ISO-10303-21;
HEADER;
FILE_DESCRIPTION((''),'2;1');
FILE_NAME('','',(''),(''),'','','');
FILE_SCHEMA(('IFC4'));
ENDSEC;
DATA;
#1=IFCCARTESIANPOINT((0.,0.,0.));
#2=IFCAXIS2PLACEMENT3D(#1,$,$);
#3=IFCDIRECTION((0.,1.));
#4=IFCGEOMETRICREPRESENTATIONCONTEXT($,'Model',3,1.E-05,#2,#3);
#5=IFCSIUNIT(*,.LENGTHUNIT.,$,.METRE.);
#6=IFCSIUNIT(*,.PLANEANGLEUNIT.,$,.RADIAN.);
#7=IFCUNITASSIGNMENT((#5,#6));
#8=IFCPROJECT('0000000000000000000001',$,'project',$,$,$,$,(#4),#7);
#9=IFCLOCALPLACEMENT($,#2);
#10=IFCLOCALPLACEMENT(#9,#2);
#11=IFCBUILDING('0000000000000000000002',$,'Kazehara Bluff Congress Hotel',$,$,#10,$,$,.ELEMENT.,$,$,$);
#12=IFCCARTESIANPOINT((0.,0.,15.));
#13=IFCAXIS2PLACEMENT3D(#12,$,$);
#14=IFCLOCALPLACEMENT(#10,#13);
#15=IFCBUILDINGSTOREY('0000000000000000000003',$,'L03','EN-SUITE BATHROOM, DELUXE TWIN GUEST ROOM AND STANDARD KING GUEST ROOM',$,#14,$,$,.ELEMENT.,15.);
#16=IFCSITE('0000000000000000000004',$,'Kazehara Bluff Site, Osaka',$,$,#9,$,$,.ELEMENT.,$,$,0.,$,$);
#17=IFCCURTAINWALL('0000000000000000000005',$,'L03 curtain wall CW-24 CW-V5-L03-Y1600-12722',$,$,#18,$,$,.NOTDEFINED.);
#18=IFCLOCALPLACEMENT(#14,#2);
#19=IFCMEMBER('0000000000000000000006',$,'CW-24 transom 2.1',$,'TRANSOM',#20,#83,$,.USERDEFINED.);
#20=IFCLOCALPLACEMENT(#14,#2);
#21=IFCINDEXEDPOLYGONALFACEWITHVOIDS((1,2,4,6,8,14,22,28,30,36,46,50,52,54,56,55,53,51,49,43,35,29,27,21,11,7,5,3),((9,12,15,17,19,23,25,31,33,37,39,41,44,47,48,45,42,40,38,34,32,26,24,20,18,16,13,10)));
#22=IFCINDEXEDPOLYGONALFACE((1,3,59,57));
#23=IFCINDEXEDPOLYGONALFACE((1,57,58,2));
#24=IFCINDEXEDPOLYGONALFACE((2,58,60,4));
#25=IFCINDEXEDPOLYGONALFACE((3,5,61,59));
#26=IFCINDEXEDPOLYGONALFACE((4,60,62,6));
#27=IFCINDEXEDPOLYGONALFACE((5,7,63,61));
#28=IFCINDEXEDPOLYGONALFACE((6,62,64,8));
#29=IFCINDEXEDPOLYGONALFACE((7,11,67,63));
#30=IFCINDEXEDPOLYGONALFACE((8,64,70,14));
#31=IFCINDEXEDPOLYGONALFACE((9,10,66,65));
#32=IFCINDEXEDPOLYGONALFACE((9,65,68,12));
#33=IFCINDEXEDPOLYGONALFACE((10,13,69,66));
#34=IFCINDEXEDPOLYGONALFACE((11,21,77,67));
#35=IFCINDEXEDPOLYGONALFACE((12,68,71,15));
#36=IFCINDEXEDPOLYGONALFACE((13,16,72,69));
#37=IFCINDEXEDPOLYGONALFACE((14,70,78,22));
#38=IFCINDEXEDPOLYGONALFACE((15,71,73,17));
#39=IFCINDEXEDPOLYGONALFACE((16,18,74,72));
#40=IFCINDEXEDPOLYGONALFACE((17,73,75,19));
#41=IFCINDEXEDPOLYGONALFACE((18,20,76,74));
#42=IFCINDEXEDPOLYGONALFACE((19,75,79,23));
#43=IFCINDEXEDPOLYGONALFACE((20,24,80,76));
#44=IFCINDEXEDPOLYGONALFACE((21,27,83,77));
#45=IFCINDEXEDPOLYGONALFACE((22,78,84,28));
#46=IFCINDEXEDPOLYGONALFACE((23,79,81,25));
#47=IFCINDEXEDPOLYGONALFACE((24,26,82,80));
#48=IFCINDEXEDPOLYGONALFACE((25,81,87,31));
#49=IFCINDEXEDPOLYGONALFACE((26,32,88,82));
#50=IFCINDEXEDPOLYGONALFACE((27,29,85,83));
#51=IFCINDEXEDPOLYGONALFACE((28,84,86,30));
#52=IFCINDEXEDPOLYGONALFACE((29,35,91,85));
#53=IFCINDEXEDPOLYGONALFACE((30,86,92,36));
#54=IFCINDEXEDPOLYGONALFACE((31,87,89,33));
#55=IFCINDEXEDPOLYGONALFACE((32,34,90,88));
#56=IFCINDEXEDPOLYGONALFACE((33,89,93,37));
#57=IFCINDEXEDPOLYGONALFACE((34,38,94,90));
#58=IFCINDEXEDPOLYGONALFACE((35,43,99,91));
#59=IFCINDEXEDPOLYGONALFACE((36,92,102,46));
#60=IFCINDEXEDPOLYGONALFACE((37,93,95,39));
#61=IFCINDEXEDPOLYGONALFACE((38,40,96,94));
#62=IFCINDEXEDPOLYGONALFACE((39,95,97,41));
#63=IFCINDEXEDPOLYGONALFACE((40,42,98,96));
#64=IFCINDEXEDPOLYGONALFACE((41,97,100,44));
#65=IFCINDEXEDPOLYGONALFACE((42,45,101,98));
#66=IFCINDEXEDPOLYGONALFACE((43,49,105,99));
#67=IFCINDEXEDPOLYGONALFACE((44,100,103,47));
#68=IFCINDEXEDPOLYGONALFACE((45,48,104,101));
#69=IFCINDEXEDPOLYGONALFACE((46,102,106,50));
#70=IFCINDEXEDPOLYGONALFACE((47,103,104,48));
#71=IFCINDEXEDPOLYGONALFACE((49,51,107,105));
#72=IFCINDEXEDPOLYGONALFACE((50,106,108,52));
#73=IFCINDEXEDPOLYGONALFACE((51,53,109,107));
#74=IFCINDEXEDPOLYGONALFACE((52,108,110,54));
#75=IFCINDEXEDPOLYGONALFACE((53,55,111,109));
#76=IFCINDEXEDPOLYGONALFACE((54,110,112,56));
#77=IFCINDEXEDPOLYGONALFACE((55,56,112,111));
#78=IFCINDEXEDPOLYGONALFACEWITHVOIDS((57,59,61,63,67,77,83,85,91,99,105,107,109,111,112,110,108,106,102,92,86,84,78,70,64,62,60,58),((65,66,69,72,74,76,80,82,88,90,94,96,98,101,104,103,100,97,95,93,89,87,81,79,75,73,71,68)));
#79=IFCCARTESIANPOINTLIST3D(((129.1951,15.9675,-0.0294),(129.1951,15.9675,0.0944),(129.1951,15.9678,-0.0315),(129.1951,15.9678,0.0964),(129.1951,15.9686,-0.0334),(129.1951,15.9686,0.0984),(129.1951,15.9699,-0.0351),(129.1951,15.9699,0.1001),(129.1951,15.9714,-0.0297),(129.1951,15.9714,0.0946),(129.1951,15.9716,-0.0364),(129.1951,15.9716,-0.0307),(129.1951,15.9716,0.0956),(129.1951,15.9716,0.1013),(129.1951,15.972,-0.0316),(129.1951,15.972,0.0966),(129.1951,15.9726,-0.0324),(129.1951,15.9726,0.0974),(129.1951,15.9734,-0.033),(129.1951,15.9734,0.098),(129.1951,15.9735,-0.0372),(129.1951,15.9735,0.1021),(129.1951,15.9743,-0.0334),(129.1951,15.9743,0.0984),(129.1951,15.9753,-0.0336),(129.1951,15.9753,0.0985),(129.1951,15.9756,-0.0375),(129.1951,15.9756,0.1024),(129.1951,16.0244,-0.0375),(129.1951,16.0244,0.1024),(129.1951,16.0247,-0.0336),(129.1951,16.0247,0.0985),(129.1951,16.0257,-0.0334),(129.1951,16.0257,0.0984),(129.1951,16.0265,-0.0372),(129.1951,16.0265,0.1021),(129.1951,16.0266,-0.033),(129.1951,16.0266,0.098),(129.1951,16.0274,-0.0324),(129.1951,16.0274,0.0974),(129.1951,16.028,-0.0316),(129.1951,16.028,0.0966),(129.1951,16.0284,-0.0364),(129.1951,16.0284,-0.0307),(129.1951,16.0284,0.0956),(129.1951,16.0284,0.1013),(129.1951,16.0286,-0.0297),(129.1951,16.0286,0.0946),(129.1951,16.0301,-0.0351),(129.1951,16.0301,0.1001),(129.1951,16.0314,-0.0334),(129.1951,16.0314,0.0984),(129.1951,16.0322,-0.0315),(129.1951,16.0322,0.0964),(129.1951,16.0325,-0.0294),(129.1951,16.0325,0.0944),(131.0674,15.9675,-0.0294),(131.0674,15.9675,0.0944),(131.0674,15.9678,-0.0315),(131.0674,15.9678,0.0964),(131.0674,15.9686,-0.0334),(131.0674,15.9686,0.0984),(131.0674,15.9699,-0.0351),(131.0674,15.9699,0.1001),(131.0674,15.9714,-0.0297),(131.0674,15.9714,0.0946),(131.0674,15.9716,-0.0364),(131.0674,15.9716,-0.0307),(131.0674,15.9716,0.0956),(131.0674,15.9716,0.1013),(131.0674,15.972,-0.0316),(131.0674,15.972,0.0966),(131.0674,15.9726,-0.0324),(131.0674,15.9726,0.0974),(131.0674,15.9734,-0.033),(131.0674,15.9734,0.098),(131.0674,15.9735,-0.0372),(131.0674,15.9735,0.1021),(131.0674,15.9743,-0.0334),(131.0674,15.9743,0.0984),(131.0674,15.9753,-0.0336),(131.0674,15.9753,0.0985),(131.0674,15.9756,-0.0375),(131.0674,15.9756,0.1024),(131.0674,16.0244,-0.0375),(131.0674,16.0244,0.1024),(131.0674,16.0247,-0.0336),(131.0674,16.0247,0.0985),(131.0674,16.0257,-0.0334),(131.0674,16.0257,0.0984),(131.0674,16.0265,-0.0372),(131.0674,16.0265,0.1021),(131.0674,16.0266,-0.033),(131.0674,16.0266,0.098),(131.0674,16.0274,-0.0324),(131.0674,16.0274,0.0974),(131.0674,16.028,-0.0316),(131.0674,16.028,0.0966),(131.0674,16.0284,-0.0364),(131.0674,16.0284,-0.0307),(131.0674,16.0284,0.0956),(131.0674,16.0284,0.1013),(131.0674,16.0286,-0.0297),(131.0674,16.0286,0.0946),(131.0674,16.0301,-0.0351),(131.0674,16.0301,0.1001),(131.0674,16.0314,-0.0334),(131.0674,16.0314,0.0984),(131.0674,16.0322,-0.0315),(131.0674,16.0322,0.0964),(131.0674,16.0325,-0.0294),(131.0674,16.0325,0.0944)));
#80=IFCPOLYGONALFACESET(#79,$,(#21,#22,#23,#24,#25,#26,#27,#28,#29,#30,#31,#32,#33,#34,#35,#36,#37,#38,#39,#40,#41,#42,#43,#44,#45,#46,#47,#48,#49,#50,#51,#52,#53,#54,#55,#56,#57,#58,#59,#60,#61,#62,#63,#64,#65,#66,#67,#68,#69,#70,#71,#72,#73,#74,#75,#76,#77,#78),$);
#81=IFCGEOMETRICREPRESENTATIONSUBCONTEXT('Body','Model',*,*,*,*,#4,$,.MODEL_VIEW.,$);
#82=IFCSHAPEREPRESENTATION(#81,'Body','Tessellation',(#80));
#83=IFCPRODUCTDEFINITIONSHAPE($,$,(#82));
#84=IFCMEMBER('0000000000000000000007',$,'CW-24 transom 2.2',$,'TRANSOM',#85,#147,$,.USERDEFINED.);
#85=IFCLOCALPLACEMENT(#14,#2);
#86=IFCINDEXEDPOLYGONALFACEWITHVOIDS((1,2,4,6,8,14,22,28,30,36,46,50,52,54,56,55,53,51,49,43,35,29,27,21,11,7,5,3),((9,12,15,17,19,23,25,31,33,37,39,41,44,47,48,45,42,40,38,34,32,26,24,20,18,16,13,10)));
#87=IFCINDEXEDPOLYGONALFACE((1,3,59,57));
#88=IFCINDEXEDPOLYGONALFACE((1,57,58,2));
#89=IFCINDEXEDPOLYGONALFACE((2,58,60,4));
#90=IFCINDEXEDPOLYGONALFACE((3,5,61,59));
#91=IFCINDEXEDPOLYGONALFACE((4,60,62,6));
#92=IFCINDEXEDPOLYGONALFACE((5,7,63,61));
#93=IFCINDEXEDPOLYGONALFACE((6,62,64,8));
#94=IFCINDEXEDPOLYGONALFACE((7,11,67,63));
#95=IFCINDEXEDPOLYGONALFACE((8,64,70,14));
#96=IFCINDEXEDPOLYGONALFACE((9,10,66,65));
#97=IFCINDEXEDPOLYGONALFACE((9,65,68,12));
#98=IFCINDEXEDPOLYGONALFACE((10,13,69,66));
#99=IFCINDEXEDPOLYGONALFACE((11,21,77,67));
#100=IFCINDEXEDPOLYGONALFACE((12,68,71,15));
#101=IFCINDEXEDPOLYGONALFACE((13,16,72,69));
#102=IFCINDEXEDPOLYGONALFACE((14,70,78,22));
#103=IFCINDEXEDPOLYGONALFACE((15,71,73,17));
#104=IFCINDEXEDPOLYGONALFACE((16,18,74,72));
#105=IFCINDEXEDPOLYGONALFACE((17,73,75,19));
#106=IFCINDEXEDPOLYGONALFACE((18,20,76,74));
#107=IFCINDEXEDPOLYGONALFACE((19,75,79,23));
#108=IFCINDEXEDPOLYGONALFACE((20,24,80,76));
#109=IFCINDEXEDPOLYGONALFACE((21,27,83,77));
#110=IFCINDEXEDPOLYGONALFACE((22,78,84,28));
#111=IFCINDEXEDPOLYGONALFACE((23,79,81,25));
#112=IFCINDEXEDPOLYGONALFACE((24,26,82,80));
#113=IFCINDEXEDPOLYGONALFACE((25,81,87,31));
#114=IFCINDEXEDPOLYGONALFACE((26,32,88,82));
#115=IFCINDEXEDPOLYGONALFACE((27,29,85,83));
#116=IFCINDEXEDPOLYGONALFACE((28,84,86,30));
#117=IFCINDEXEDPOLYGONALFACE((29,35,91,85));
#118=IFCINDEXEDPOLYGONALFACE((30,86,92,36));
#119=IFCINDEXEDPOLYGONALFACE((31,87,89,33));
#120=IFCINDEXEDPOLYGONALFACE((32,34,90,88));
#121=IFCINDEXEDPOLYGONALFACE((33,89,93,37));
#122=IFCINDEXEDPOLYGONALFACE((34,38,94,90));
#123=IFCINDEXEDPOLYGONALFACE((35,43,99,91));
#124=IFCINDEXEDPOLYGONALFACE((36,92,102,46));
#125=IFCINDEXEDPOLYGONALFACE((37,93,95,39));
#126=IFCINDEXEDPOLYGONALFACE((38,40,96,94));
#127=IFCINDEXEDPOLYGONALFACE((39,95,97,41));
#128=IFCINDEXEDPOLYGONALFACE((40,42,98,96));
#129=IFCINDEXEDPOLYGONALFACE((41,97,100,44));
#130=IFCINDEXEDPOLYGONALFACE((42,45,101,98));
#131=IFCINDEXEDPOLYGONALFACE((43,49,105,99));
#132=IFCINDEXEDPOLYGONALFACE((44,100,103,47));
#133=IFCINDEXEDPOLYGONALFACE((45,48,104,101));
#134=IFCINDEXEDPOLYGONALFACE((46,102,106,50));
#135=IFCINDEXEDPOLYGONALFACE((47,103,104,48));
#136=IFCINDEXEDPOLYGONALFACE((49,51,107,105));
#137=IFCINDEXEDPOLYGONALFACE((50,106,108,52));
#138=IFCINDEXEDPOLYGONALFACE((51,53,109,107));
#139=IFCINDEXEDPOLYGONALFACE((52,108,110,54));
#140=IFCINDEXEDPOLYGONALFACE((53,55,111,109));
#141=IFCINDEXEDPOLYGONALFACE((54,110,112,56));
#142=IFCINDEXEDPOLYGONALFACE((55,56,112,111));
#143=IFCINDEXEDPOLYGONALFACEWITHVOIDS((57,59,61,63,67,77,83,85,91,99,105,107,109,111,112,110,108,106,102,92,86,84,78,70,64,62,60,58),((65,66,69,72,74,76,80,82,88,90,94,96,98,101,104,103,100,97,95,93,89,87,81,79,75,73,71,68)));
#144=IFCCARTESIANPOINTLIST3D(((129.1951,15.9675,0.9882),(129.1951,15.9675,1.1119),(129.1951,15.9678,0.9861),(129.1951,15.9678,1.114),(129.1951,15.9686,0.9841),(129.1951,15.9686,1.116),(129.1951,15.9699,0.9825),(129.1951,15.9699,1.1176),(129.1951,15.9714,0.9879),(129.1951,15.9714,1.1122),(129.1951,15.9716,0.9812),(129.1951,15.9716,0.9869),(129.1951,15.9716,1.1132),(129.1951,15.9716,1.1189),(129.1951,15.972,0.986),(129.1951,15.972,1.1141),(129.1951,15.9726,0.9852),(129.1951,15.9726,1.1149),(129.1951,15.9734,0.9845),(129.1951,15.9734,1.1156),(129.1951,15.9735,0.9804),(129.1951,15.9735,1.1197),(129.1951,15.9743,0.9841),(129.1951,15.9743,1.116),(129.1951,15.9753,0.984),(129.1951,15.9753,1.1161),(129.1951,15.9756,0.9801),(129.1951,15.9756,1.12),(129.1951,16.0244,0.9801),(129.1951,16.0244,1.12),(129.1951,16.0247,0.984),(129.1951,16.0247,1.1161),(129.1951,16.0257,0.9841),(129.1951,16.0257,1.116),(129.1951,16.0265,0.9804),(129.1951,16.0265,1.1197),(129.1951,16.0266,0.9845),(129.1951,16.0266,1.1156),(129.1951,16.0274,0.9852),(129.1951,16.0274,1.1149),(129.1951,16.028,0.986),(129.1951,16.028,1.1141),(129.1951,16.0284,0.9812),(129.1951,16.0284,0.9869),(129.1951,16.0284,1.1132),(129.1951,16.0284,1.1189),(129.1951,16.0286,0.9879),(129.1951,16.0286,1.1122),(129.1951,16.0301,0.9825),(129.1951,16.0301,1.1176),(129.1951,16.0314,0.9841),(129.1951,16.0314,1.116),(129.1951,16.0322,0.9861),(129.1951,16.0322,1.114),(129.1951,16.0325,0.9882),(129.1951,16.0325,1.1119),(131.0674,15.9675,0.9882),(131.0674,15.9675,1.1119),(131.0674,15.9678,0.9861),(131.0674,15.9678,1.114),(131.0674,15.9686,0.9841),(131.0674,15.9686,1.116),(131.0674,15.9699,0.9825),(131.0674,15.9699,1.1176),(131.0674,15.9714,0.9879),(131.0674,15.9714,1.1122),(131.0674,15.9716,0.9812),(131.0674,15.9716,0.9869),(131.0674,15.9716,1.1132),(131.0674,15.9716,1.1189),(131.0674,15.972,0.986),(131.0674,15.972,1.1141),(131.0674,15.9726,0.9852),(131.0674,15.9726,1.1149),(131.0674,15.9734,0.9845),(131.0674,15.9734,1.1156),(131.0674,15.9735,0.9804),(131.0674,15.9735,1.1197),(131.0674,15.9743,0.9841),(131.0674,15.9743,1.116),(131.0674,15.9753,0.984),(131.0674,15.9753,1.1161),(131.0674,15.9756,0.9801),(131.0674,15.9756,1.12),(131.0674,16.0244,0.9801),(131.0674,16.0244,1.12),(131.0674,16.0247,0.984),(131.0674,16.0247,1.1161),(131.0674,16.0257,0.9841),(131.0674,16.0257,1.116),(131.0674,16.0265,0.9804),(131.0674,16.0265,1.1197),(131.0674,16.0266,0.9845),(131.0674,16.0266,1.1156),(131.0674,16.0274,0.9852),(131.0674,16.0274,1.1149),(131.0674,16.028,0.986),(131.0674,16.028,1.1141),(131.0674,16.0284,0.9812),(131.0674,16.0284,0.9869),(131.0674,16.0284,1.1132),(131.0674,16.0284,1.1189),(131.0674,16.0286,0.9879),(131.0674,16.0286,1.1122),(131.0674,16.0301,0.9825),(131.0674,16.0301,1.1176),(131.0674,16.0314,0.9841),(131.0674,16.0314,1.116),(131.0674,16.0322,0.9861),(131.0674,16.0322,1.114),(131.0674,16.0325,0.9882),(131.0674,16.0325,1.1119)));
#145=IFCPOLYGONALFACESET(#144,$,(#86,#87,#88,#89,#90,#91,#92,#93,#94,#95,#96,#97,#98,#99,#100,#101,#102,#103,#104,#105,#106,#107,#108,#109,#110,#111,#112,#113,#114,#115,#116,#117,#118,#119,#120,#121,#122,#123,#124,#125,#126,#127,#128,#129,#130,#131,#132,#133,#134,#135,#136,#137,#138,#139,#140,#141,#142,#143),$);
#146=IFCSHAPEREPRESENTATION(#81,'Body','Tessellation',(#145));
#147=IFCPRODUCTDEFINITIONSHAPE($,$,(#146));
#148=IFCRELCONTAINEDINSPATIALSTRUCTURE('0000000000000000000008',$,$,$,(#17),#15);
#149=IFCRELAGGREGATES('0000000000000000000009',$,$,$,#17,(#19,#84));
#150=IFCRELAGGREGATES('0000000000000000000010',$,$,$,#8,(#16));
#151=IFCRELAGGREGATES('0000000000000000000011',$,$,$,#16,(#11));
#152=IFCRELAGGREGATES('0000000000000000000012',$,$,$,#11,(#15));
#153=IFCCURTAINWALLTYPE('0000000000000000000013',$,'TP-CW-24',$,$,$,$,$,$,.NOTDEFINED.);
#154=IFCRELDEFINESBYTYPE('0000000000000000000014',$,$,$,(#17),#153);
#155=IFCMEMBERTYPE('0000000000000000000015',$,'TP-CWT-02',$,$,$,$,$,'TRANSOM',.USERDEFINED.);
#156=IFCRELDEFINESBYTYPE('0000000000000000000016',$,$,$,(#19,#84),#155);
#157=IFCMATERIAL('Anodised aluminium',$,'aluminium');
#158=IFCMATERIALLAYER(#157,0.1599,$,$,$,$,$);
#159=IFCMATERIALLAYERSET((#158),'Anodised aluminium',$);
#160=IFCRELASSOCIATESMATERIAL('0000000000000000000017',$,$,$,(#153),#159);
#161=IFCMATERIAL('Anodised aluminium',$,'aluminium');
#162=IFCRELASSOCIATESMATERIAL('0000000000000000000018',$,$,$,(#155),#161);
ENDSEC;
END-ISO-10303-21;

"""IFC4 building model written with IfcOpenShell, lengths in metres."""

from ifc_helpers import new_model, si_unit, direction, frame, origin, origin_2d, place, context, subcontext, project, spatial, hollow_rectangle, extrude, material, layer, layer_set, material_profile, profile_set, type_object, element, aggregate, save


model = new_model("IFC4")

# Units and contexts
model_context = context("Model", 3, precision=1e-05, world=origin(), true_north=direction((0.0, 1.0)))
body_context = subcontext(model_context, "Body", "Model", "MODEL_VIEW")
ifc_project = project(units=[si_unit("LENGTHUNIT", "METRE"), si_unit("PLANEANGLEUNIT", "RADIAN")], contexts=[model_context])

# Site, building, storey
site_placement = place(None, origin())
site = spatial("IfcSite", under=ifc_project, at=site_placement, Name="Kazehara Bluff Site, Osaka", CompositionType="ELEMENT", RefElevation=0.0)
building_placement = place(site_placement, origin())
building = spatial("IfcBuilding", under=site, at=building_placement, Name="Kazehara Bluff Congress Hotel", CompositionType="ELEMENT")
storey_placement = place(building_placement, frame((0.0, 0.0, 15.0)))
storey = spatial("IfcBuildingStorey", under=building, at=storey_placement, Name="L03", Description="EN-SUITE BATHROOM, DELUXE TWIN GUEST ROOM AND STANDARD KING GUEST ROOM", CompositionType="ELEMENT", Elevation=15.0)

# Curtain wall
ifc_material_1 = material(Name="Anodised aluminium", Category="aluminium")
ifc_layer_1 = layer(ifc_material_1, 0.1599)
ifc_layer_set_1 = layer_set([ifc_layer_1], Name="Anodised aluminium")
curtain_wall_type = type_object("IfcCurtainWallType", Name="TP-CW-24", PredefinedType="NOTDEFINED", material=ifc_layer_set_1)
curtain_wall_1_placement = place(storey_placement, origin())
curtain_wall_1 = element("IfcCurtainWall", 1, at=curtain_wall_1_placement, inside=storey, type_object=curtain_wall_type, Name="L03 curtain wall CW-24 CW-V5-L03-Y1600-12722", PredefinedType="NOTDEFINED")

# Members
ifc_material_2 = material(Name="Anodised aluminium", Category="aluminium")
ifc_material_profile_1 = material_profile(ifc_material_2, hollow_rectangle(XDim=0.0649, YDim=0.1399, WallThickness=0.0039, InnerFilletRadius=0.0039, OuterFilletRadius=0.0081, at=origin_2d()))
ifc_profile_set_1 = profile_set([ifc_material_profile_1], Name="Anodised aluminium")
member_type_1 = type_object("IfcMemberType", Name="TP-CWT-02", ElementType="TRANSOM", PredefinedType="USERDEFINED", material=ifc_profile_set_1)
member_1_placement = place(storey_placement, frame((129.1951, 16.0, 0.0325), z_axis=(1.0, 0.0, 0.0), x_axis=(0.0, 1.0, 0.0)))
member_1 = element("IfcMember", 2, at=member_1_placement, type_object=member_type_1, Name="CW-24 transom 2.1", ObjectType="TRANSOM", PredefinedType="USERDEFINED", context=body_context, shape_type="SweptSolid", body=[
    extrude(hollow_rectangle(XDim=0.0649, YDim=0.1399, WallThickness=0.0039, InnerFilletRadius=0.0039, OuterFilletRadius=0.0081, at=origin_2d()), origin(), (0.0, 0.0, 1.0), 1.8723),
])
member_2_placement = place(storey_placement, frame((129.1951, 16.0, 1.05), z_axis=(1.0, 0.0, 0.0), x_axis=(0.0, 1.0, 0.0)))
member_2 = element("IfcMember", 3, at=member_2_placement, type_object=member_type_1, Name="CW-24 transom 2.2", ObjectType="TRANSOM", PredefinedType="USERDEFINED", context=body_context, shape_type="SweptSolid", body=[
    extrude(hollow_rectangle(XDim=0.0649, YDim=0.1399, WallThickness=0.0039, InnerFilletRadius=0.0039, OuterFilletRadius=0.0081, at=origin_2d()), origin(), (0.0, 0.0, 1.0), 1.8723),
])

aggregate(curtain_wall_1, [member_1, member_2])

save(model, "model.ifc")
